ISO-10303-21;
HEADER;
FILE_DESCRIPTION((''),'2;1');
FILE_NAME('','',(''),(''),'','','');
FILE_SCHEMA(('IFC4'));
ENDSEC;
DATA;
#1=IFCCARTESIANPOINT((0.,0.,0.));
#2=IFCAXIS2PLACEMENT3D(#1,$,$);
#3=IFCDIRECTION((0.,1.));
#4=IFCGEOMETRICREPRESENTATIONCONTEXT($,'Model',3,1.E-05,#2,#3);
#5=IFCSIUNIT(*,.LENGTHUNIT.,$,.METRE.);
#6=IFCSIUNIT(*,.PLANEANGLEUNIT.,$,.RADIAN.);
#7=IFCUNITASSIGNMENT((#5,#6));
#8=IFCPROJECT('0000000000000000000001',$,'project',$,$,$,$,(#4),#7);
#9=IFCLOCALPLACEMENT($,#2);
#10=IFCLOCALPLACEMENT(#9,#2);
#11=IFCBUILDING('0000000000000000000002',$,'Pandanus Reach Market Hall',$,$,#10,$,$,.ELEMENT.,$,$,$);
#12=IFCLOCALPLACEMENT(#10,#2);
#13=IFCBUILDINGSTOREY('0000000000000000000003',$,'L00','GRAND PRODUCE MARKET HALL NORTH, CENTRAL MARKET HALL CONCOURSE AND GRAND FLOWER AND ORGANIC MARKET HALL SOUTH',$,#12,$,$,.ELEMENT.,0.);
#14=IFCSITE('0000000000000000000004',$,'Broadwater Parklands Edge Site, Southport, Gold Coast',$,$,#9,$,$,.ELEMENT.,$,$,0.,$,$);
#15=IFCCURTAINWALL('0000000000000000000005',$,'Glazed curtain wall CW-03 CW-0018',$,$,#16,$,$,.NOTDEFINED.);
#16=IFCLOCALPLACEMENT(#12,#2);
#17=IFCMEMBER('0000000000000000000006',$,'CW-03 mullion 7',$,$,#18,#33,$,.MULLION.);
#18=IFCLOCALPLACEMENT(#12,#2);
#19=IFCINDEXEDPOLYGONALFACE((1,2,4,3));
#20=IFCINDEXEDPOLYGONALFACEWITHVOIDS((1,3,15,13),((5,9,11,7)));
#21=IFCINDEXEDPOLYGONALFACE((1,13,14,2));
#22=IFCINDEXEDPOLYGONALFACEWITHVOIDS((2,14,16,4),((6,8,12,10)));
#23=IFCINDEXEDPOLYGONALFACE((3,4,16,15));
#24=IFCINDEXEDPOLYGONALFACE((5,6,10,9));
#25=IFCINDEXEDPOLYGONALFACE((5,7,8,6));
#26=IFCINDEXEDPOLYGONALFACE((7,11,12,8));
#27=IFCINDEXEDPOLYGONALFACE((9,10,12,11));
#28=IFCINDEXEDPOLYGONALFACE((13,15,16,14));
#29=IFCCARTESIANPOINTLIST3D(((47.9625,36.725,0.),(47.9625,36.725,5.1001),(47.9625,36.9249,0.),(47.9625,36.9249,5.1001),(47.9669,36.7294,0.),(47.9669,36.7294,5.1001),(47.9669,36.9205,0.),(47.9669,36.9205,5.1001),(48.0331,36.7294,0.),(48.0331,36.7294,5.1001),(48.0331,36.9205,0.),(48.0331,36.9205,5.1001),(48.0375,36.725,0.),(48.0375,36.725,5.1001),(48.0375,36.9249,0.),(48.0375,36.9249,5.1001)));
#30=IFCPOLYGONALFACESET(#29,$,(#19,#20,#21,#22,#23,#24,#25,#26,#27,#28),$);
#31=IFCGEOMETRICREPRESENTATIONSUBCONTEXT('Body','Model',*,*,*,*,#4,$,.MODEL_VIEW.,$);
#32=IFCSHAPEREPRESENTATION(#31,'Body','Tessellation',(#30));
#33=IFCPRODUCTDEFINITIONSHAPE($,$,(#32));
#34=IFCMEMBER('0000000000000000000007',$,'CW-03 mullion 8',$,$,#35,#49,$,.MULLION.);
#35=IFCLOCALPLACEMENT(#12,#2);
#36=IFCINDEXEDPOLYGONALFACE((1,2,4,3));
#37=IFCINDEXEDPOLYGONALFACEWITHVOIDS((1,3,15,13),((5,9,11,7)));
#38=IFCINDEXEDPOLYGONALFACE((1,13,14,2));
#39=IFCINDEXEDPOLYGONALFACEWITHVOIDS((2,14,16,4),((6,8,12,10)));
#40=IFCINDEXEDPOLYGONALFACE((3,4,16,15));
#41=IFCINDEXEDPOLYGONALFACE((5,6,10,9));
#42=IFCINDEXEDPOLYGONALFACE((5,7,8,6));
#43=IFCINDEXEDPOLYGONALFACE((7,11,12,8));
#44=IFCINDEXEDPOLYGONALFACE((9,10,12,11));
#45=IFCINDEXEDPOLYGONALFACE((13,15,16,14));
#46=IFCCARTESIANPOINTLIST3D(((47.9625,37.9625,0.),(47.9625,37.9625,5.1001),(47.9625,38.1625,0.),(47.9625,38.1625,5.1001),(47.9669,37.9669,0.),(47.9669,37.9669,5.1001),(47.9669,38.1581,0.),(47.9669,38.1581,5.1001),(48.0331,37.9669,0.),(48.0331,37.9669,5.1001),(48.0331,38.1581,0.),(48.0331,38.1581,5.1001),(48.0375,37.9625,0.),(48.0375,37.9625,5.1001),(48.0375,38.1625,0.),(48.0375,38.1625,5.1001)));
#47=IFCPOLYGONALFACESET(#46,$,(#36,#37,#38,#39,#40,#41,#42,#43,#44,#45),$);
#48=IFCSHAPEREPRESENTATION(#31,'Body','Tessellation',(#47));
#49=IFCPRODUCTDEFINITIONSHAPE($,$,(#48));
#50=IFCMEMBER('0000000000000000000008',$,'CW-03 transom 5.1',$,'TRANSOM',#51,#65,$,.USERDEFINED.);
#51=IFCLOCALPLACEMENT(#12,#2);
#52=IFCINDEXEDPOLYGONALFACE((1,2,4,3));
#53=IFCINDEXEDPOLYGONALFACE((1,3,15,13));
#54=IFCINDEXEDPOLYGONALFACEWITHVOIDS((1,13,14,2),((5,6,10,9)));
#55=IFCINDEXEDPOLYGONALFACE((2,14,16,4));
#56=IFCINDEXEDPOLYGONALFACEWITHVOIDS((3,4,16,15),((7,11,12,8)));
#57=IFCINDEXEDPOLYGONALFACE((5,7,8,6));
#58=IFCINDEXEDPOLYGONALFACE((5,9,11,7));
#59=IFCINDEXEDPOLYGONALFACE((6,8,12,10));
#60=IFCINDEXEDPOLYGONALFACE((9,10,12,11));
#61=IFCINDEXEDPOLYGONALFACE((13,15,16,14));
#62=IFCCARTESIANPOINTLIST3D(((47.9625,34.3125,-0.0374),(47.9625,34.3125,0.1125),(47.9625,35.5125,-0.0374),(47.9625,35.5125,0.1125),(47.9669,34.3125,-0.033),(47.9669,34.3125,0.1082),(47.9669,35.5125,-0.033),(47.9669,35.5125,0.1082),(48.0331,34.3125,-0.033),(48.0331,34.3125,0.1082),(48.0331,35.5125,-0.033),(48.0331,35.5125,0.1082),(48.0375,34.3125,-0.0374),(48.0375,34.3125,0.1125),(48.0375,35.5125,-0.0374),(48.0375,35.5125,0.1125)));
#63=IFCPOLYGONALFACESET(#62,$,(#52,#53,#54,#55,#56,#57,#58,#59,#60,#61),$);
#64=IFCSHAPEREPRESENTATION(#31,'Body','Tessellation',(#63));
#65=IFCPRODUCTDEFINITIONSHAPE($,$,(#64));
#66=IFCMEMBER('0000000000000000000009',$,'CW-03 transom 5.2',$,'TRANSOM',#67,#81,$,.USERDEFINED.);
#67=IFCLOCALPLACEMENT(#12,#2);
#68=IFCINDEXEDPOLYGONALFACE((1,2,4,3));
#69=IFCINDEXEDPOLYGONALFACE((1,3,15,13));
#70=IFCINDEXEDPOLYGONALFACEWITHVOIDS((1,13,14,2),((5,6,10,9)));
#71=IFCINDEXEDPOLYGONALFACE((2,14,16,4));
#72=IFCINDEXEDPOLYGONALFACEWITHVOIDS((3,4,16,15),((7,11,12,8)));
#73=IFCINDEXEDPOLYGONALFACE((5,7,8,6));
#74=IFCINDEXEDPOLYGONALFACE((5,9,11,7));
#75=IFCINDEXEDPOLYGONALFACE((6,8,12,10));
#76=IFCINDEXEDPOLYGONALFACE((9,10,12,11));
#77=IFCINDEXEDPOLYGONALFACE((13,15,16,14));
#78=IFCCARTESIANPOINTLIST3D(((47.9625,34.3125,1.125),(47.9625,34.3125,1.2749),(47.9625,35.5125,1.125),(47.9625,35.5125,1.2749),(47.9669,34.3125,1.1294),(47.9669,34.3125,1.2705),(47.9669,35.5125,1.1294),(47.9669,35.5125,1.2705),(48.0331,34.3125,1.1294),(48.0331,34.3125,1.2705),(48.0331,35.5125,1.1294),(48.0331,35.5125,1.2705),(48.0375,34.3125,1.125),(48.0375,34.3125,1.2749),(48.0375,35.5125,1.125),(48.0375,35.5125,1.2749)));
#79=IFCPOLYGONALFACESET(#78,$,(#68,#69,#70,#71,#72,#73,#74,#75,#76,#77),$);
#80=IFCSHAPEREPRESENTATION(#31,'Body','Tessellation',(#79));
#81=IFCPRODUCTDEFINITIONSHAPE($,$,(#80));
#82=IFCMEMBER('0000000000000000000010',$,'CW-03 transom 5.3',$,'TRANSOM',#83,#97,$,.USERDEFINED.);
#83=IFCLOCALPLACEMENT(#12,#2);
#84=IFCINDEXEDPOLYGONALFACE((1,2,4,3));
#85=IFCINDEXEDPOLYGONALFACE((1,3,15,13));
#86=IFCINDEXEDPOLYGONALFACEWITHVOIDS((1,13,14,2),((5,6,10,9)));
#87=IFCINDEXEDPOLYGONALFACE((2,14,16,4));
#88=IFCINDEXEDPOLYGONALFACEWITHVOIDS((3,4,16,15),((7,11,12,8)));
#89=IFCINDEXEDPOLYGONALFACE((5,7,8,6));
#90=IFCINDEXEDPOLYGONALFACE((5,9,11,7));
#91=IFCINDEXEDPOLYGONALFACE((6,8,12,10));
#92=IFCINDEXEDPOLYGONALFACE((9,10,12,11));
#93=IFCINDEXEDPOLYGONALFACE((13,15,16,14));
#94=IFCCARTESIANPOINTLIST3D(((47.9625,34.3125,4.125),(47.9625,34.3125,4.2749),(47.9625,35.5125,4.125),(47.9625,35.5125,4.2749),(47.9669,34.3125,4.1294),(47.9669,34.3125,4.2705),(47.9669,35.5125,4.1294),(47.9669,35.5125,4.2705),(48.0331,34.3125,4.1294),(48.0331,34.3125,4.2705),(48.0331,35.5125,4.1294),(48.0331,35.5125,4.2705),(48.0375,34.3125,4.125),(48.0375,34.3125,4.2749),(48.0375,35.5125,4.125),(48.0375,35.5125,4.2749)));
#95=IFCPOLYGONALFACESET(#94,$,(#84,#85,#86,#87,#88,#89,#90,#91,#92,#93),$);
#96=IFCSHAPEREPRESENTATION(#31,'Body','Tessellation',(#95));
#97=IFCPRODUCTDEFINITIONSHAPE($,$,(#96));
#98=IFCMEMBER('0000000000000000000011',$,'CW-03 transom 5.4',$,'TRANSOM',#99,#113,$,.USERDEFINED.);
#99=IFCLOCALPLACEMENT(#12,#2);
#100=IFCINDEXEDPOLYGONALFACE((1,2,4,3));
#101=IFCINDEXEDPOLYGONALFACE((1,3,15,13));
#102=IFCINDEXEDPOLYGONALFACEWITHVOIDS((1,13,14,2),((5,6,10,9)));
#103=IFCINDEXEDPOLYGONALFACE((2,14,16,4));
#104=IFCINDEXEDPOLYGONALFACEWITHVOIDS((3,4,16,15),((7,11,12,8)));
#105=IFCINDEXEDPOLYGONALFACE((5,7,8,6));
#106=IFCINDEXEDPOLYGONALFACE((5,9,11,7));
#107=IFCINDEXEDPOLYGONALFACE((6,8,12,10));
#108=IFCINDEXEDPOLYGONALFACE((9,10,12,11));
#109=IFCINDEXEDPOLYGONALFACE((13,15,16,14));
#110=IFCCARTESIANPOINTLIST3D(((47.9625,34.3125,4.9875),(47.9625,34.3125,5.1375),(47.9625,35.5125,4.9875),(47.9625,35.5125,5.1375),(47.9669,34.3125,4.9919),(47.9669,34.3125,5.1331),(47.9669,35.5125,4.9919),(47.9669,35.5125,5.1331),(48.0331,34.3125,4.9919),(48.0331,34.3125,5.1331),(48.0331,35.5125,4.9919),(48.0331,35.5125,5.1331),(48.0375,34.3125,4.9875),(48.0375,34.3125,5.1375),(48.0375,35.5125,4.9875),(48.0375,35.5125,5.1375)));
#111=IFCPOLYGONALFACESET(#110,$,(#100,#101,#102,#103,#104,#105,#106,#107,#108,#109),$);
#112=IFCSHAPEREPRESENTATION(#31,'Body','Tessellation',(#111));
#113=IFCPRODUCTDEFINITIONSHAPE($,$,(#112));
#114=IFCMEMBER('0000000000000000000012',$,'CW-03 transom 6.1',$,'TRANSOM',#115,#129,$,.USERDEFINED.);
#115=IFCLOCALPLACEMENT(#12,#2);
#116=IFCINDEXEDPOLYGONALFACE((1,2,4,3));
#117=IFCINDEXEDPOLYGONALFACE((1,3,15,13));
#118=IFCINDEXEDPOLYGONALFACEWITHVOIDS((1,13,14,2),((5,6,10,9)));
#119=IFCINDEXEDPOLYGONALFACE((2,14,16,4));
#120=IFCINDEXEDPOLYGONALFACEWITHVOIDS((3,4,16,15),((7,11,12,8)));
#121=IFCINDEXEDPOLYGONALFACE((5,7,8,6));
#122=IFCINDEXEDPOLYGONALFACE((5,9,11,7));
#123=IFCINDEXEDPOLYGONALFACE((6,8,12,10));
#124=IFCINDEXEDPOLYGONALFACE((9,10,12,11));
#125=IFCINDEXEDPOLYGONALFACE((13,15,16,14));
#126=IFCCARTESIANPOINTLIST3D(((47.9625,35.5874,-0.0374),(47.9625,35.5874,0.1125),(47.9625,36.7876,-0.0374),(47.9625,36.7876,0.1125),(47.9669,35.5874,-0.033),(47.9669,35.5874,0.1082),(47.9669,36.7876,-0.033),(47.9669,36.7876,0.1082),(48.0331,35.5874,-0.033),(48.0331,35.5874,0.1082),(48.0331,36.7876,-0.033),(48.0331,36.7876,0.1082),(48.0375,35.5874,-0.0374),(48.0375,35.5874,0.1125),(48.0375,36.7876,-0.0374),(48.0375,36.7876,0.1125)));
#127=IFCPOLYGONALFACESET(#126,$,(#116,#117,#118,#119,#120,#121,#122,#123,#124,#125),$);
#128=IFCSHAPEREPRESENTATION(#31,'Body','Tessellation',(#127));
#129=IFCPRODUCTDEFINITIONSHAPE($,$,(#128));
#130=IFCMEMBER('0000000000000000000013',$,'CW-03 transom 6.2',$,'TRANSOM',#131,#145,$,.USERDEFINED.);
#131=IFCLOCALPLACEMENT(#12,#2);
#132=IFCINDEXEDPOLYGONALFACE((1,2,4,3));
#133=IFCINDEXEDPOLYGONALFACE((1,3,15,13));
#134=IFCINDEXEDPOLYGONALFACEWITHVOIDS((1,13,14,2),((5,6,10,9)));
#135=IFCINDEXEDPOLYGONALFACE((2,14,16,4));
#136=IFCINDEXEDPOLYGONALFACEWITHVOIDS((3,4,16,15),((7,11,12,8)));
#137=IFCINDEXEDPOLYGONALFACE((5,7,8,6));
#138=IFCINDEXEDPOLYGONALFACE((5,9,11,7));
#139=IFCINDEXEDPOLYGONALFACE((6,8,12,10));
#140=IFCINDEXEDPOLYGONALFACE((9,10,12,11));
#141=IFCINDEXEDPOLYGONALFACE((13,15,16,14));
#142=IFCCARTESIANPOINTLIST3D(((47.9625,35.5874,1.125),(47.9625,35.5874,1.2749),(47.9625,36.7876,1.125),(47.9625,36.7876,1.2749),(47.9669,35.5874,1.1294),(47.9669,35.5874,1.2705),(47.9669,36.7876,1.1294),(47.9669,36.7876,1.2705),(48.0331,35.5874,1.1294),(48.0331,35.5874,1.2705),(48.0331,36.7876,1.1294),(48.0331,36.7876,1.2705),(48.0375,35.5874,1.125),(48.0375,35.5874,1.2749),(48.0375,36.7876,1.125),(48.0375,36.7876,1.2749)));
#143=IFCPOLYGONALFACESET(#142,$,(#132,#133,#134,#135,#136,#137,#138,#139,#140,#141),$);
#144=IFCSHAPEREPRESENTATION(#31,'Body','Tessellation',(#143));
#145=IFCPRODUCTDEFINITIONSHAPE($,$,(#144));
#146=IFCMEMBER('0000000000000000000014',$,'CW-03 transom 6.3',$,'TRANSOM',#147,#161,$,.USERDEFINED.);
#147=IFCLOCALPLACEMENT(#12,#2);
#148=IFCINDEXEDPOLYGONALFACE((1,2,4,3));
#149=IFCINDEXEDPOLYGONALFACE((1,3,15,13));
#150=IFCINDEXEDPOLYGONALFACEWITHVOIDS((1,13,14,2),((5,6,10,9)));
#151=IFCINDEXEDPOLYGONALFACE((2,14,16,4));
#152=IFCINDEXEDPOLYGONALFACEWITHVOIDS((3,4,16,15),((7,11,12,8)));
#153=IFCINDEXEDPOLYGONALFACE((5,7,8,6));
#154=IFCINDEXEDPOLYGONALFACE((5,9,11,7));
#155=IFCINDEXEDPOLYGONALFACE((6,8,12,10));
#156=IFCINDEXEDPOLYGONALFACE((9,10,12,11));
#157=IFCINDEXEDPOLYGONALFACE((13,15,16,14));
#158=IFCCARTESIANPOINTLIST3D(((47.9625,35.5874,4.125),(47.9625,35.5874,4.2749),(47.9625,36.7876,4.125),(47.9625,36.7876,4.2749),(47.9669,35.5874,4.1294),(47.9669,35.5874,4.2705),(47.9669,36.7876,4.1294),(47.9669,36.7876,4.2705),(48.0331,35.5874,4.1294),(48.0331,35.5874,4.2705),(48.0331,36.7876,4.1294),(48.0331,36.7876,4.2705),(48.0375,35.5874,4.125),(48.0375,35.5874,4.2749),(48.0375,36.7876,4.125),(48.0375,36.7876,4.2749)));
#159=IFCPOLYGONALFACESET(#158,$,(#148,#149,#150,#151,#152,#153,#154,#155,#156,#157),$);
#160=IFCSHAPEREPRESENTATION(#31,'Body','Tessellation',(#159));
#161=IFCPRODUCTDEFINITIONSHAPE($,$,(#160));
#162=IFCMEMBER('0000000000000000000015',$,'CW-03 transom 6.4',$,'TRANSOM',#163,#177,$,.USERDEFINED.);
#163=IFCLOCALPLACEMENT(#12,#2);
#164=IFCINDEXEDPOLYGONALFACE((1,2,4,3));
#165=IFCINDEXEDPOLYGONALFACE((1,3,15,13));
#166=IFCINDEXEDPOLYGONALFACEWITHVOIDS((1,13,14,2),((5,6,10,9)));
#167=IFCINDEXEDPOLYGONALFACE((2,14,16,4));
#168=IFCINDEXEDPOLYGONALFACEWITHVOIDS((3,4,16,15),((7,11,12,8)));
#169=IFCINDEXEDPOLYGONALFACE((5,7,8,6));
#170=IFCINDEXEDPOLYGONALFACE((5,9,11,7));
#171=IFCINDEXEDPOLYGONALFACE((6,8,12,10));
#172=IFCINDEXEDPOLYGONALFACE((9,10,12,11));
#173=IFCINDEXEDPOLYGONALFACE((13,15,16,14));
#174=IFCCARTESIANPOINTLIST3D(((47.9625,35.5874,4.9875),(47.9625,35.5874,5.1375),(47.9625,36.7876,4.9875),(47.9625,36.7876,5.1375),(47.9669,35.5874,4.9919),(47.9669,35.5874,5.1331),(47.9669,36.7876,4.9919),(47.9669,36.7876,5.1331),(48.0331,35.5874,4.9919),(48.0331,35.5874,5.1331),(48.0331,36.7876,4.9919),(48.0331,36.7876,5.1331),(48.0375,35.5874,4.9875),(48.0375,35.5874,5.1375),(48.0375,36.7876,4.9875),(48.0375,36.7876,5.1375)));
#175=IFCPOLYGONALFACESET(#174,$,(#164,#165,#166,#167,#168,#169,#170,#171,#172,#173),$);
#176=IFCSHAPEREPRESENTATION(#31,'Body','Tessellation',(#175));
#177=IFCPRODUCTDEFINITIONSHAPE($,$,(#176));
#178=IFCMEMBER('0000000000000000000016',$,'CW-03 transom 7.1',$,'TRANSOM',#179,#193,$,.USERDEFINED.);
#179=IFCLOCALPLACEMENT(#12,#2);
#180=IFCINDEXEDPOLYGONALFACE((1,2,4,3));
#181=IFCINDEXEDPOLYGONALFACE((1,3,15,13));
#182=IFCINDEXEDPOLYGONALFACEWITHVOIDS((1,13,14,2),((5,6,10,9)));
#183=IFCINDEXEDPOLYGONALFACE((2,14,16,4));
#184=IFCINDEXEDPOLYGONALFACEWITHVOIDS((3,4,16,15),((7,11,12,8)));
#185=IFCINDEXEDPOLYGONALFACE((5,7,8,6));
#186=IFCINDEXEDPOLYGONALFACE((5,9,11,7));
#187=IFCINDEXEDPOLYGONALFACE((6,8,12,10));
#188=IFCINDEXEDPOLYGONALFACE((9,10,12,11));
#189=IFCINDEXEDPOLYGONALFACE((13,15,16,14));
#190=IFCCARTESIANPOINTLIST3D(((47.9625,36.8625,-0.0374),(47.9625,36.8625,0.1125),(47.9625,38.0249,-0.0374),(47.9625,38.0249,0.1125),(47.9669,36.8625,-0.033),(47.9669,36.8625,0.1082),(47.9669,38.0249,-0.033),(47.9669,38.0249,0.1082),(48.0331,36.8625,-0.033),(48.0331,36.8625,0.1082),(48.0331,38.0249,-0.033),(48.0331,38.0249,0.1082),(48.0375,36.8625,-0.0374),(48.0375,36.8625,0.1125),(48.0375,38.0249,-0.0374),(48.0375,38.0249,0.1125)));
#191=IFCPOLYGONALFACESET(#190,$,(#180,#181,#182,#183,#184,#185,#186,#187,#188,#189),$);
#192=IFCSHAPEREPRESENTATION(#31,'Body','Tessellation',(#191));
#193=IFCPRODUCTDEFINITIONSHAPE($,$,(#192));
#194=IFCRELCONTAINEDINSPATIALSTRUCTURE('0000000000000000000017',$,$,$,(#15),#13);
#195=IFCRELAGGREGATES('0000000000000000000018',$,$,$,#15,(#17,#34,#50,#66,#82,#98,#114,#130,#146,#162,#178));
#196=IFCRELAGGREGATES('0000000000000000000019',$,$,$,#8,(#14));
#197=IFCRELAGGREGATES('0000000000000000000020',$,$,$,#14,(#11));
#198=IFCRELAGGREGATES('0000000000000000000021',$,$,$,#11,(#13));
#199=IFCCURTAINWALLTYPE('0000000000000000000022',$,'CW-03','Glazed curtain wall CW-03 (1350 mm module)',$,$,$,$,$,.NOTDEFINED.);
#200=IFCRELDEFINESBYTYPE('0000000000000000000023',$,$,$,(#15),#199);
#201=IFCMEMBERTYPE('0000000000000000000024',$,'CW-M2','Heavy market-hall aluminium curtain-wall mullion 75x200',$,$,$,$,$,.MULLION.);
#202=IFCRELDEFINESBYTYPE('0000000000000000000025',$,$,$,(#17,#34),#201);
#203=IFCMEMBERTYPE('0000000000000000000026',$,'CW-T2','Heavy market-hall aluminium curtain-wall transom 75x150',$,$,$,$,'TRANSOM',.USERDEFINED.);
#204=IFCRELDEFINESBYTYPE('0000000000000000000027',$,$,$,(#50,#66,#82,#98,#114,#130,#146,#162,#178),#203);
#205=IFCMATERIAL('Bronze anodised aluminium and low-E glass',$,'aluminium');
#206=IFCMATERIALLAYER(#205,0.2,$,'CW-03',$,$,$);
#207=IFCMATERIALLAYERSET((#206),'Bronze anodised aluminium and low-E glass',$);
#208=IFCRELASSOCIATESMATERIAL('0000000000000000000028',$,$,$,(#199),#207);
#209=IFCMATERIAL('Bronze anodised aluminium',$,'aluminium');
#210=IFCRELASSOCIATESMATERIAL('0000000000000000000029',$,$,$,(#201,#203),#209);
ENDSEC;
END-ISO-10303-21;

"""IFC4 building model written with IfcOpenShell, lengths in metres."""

from ifc_helpers import new_model, si_unit, direction, frame, origin, origin_2d, place, context, subcontext, project, spatial, hollow_rectangle, extrude, material, layer, layer_set, material_profile, profile_set, type_object, element, aggregate, save


model = new_model("IFC4")

# Units and contexts
model_context = context("Model", 3, precision=1e-05, world=origin(), true_north=direction((0.0, 1.0)))
body_context = subcontext(model_context, "Body", "Model", "MODEL_VIEW")
ifc_project = project(units=[si_unit("LENGTHUNIT", "METRE"), si_unit("PLANEANGLEUNIT", "RADIAN")], contexts=[model_context])

# Site, building, storey
site_placement = place(None, origin())
site = spatial("IfcSite", under=ifc_project, at=site_placement, Name="Broadwater Parklands Edge Site, Southport, Gold Coast", CompositionType="ELEMENT", RefElevation=0.0)
building_placement = place(site_placement, origin())
building = spatial("IfcBuilding", under=site, at=building_placement, Name="Pandanus Reach Market Hall", CompositionType="ELEMENT")
storey_placement = place(building_placement, origin())
storey = spatial("IfcBuildingStorey", under=building, at=storey_placement, Name="L00", Description="GRAND PRODUCE MARKET HALL NORTH, CENTRAL MARKET HALL CONCOURSE AND GRAND FLOWER AND ORGANIC MARKET HALL SOUTH", CompositionType="ELEMENT", Elevation=0.0)

# Curtain wall, members
ifc_material_1 = material(Name="Bronze anodised aluminium and low-E glass", Category="aluminium")
ifc_layer_1 = layer(ifc_material_1, 0.2, Name="CW-03")
ifc_layer_set_1 = layer_set([ifc_layer_1], Name="Bronze anodised aluminium and low-E glass")
curtain_wall_type = type_object("IfcCurtainWallType", Name="CW-03", Description="Glazed curtain wall CW-03 (1350 mm module)", PredefinedType="NOTDEFINED", material=ifc_layer_set_1)
curtain_wall_placement = place(storey_placement, origin())
curtain_wall = element("IfcCurtainWall", 1, at=curtain_wall_placement, inside=storey, type_object=curtain_wall_type, Name="Glazed curtain wall CW-03 CW-0018", PredefinedType="NOTDEFINED")
ifc_material_2 = material(Name="Bronze anodised aluminium", Category="aluminium")
ifc_material_profile_1 = material_profile(ifc_material_2, hollow_rectangle(XDim=0.075, YDim=0.2, WallThickness=0.0044, at=origin_2d()), Name="ALU75x200", Category="LoadBearing")
ifc_profile_set_1 = profile_set([ifc_material_profile_1], Name="Bronze anodised aluminium")
member_type_1 = type_object("IfcMemberType", Name="CW-M2", Description="Heavy market-hall aluminium curtain-wall mullion 75x200", PredefinedType="MULLION", material=ifc_profile_set_1)
member_1_placement = place(storey_placement, frame((48.0, 36.825, 0.0), z_axis=(0.0, 0.0, 1.0), x_axis=(-1.0, 0.0, 0.0)))
member_1 = element("IfcMember", 2, at=member_1_placement, type_object=member_type_1, Name="CW-03 mullion 7", PredefinedType="MULLION", context=body_context, shape_type="SweptSolid", body=[
    extrude(hollow_rectangle(XDim=0.075, YDim=0.2, WallThickness=0.0044, at=origin_2d()), origin(), (0.0, 0.0, 1.0), 5.1001),
])
member_2_placement = place(storey_placement, frame((48.0, 38.0625, 0.0), z_axis=(0.0, 0.0, 1.0), x_axis=(-1.0, 0.0, 0.0)))
member_2 = element("IfcMember", 3, at=member_2_placement, type_object=member_type_1, Name="CW-03 mullion 8", PredefinedType="MULLION", context=body_context, shape_type="SweptSolid", body=[
    extrude(hollow_rectangle(XDim=0.075, YDim=0.2, WallThickness=0.0044, at=origin_2d()), origin(), (0.0, 0.0, 1.0), 5.1001),
])
ifc_material_profile_2 = material_profile(ifc_material_2, hollow_rectangle(XDim=0.075, YDim=0.1499, WallThickness=0.0044, at=origin_2d()), Name="ALU75x150", Category="LoadBearing")
ifc_profile_set_2 = profile_set([ifc_material_profile_2], Name="Bronze anodised aluminium")
member_type_2 = type_object("IfcMemberType", Name="CW-T2", Description="Heavy market-hall aluminium curtain-wall transom 75x150", ElementType="TRANSOM", PredefinedType="USERDEFINED", material=ifc_profile_set_2)
member_3_placement = place(storey_placement, frame((48.0, 34.3125, 0.0376), z_axis=(0.0, 1.0, 0.0), x_axis=(-1.0, 0.0, 0.0)))
member_3 = element("IfcMember", 4, at=member_3_placement, type_object=member_type_2, Name="CW-03 transom 5.1", ObjectType="TRANSOM", PredefinedType="USERDEFINED", context=body_context, shape_type="SweptSolid", body=[
    extrude(hollow_rectangle(XDim=0.075, YDim=0.1499, WallThickness=0.0044, at=origin_2d()), origin(), (0.0, 0.0, 1.0), 1.2),
])
member_4_placement = place(storey_placement, frame((48.0, 34.3125, 1.2), z_axis=(0.0, 1.0, 0.0), x_axis=(-1.0, 0.0, 0.0)))
member_4 = element("IfcMember", 5, at=member_4_placement, type_object=member_type_2, Name="CW-03 transom 5.2", ObjectType="TRANSOM", PredefinedType="USERDEFINED", context=body_context, shape_type="SweptSolid", body=[
    extrude(hollow_rectangle(XDim=0.075, YDim=0.1499, WallThickness=0.0044, at=origin_2d()), origin(), (0.0, 0.0, 1.0), 1.2),
])
member_5_placement = place(storey_placement, frame((48.0, 34.3125, 4.2), z_axis=(0.0, 1.0, 0.0), x_axis=(-1.0, 0.0, 0.0)))
member_5 = element("IfcMember", 6, at=member_5_placement, type_object=member_type_2, Name="CW-03 transom 5.3", ObjectType="TRANSOM", PredefinedType="USERDEFINED", context=body_context, shape_type="SweptSolid", body=[
    extrude(hollow_rectangle(XDim=0.075, YDim=0.1499, WallThickness=0.0044, at=origin_2d()), origin(), (0.0, 0.0, 1.0), 1.2),
])
member_6_placement = place(storey_placement, frame((48.0, 34.3125, 5.0625), z_axis=(0.0, 1.0, 0.0), x_axis=(-1.0, 0.0, 0.0)))
member_6 = element("IfcMember", 7, at=member_6_placement, type_object=member_type_2, Name="CW-03 transom 5.4", ObjectType="TRANSOM", PredefinedType="USERDEFINED", context=body_context, shape_type="SweptSolid", body=[
    extrude(hollow_rectangle(XDim=0.075, YDim=0.1499, WallThickness=0.0044, at=origin_2d()), origin(), (0.0, 0.0, 1.0), 1.2),
])
member_7_placement = place(storey_placement, frame((48.0, 35.5874, 0.0376), z_axis=(0.0, 1.0, 0.0), x_axis=(-1.0, 0.0, 0.0)))
member_7 = element("IfcMember", 8, at=member_7_placement, type_object=member_type_2, Name="CW-03 transom 6.1", ObjectType="TRANSOM", PredefinedType="USERDEFINED", context=body_context, shape_type="SweptSolid", body=[
    extrude(hollow_rectangle(XDim=0.075, YDim=0.1499, WallThickness=0.0044, at=origin_2d()), origin(), (0.0, 0.0, 1.0), 1.2002),
])
member_8_placement = place(storey_placement, frame((48.0, 35.5874, 1.2), z_axis=(0.0, 1.0, 0.0), x_axis=(-1.0, 0.0, 0.0)))
member_8 = element("IfcMember", 9, at=member_8_placement, type_object=member_type_2, Name="CW-03 transom 6.2", ObjectType="TRANSOM", PredefinedType="USERDEFINED", context=body_context, shape_type="SweptSolid", body=[
    extrude(hollow_rectangle(XDim=0.075, YDim=0.1499, WallThickness=0.0044, at=origin_2d()), origin(), (0.0, 0.0, 1.0), 1.2002),
])
member_9_placement = place(storey_placement, frame((48.0, 35.5874, 4.2), z_axis=(0.0, 1.0, 0.0), x_axis=(-1.0, 0.0, 0.0)))
member_9 = element("IfcMember", 10, at=member_9_placement, type_object=member_type_2, Name="CW-03 transom 6.3", ObjectType="TRANSOM", PredefinedType="USERDEFINED", context=body_context, shape_type="SweptSolid", body=[
    extrude(hollow_rectangle(XDim=0.075, YDim=0.1499, WallThickness=0.0044, at=origin_2d()), origin(), (0.0, 0.0, 1.0), 1.2002),
])
member_10_placement = place(storey_placement, frame((48.0, 35.5874, 5.0625), z_axis=(0.0, 1.0, 0.0), x_axis=(-1.0, 0.0, 0.0)))
member_10 = element("IfcMember", 11, at=member_10_placement, type_object=member_type_2, Name="CW-03 transom 6.4", ObjectType="TRANSOM", PredefinedType="USERDEFINED", context=body_context, shape_type="SweptSolid", body=[
    extrude(hollow_rectangle(XDim=0.075, YDim=0.1499, WallThickness=0.0044, at=origin_2d()), origin(), (0.0, 0.0, 1.0), 1.2002),
])
member_11_placement = place(storey_placement, frame((48.0, 36.8625, 0.0376), z_axis=(0.0, 1.0, 0.0), x_axis=(-1.0, 0.0, 0.0)))
member_11 = element("IfcMember", 12, at=member_11_placement, type_object=member_type_2, Name="CW-03 transom 7.1", ObjectType="TRANSOM", PredefinedType="USERDEFINED", context=body_context, shape_type="SweptSolid", body=[
    extrude(hollow_rectangle(XDim=0.075, YDim=0.1499, WallThickness=0.0044, at=origin_2d()), origin(), (0.0, 0.0, 1.0), 1.1624),
])

aggregate(curtain_wall, [member_1, member_2, member_3, member_4, member_5, member_6, member_7, member_8, member_9, member_10, member_11])

save(model, "model.ifc")
